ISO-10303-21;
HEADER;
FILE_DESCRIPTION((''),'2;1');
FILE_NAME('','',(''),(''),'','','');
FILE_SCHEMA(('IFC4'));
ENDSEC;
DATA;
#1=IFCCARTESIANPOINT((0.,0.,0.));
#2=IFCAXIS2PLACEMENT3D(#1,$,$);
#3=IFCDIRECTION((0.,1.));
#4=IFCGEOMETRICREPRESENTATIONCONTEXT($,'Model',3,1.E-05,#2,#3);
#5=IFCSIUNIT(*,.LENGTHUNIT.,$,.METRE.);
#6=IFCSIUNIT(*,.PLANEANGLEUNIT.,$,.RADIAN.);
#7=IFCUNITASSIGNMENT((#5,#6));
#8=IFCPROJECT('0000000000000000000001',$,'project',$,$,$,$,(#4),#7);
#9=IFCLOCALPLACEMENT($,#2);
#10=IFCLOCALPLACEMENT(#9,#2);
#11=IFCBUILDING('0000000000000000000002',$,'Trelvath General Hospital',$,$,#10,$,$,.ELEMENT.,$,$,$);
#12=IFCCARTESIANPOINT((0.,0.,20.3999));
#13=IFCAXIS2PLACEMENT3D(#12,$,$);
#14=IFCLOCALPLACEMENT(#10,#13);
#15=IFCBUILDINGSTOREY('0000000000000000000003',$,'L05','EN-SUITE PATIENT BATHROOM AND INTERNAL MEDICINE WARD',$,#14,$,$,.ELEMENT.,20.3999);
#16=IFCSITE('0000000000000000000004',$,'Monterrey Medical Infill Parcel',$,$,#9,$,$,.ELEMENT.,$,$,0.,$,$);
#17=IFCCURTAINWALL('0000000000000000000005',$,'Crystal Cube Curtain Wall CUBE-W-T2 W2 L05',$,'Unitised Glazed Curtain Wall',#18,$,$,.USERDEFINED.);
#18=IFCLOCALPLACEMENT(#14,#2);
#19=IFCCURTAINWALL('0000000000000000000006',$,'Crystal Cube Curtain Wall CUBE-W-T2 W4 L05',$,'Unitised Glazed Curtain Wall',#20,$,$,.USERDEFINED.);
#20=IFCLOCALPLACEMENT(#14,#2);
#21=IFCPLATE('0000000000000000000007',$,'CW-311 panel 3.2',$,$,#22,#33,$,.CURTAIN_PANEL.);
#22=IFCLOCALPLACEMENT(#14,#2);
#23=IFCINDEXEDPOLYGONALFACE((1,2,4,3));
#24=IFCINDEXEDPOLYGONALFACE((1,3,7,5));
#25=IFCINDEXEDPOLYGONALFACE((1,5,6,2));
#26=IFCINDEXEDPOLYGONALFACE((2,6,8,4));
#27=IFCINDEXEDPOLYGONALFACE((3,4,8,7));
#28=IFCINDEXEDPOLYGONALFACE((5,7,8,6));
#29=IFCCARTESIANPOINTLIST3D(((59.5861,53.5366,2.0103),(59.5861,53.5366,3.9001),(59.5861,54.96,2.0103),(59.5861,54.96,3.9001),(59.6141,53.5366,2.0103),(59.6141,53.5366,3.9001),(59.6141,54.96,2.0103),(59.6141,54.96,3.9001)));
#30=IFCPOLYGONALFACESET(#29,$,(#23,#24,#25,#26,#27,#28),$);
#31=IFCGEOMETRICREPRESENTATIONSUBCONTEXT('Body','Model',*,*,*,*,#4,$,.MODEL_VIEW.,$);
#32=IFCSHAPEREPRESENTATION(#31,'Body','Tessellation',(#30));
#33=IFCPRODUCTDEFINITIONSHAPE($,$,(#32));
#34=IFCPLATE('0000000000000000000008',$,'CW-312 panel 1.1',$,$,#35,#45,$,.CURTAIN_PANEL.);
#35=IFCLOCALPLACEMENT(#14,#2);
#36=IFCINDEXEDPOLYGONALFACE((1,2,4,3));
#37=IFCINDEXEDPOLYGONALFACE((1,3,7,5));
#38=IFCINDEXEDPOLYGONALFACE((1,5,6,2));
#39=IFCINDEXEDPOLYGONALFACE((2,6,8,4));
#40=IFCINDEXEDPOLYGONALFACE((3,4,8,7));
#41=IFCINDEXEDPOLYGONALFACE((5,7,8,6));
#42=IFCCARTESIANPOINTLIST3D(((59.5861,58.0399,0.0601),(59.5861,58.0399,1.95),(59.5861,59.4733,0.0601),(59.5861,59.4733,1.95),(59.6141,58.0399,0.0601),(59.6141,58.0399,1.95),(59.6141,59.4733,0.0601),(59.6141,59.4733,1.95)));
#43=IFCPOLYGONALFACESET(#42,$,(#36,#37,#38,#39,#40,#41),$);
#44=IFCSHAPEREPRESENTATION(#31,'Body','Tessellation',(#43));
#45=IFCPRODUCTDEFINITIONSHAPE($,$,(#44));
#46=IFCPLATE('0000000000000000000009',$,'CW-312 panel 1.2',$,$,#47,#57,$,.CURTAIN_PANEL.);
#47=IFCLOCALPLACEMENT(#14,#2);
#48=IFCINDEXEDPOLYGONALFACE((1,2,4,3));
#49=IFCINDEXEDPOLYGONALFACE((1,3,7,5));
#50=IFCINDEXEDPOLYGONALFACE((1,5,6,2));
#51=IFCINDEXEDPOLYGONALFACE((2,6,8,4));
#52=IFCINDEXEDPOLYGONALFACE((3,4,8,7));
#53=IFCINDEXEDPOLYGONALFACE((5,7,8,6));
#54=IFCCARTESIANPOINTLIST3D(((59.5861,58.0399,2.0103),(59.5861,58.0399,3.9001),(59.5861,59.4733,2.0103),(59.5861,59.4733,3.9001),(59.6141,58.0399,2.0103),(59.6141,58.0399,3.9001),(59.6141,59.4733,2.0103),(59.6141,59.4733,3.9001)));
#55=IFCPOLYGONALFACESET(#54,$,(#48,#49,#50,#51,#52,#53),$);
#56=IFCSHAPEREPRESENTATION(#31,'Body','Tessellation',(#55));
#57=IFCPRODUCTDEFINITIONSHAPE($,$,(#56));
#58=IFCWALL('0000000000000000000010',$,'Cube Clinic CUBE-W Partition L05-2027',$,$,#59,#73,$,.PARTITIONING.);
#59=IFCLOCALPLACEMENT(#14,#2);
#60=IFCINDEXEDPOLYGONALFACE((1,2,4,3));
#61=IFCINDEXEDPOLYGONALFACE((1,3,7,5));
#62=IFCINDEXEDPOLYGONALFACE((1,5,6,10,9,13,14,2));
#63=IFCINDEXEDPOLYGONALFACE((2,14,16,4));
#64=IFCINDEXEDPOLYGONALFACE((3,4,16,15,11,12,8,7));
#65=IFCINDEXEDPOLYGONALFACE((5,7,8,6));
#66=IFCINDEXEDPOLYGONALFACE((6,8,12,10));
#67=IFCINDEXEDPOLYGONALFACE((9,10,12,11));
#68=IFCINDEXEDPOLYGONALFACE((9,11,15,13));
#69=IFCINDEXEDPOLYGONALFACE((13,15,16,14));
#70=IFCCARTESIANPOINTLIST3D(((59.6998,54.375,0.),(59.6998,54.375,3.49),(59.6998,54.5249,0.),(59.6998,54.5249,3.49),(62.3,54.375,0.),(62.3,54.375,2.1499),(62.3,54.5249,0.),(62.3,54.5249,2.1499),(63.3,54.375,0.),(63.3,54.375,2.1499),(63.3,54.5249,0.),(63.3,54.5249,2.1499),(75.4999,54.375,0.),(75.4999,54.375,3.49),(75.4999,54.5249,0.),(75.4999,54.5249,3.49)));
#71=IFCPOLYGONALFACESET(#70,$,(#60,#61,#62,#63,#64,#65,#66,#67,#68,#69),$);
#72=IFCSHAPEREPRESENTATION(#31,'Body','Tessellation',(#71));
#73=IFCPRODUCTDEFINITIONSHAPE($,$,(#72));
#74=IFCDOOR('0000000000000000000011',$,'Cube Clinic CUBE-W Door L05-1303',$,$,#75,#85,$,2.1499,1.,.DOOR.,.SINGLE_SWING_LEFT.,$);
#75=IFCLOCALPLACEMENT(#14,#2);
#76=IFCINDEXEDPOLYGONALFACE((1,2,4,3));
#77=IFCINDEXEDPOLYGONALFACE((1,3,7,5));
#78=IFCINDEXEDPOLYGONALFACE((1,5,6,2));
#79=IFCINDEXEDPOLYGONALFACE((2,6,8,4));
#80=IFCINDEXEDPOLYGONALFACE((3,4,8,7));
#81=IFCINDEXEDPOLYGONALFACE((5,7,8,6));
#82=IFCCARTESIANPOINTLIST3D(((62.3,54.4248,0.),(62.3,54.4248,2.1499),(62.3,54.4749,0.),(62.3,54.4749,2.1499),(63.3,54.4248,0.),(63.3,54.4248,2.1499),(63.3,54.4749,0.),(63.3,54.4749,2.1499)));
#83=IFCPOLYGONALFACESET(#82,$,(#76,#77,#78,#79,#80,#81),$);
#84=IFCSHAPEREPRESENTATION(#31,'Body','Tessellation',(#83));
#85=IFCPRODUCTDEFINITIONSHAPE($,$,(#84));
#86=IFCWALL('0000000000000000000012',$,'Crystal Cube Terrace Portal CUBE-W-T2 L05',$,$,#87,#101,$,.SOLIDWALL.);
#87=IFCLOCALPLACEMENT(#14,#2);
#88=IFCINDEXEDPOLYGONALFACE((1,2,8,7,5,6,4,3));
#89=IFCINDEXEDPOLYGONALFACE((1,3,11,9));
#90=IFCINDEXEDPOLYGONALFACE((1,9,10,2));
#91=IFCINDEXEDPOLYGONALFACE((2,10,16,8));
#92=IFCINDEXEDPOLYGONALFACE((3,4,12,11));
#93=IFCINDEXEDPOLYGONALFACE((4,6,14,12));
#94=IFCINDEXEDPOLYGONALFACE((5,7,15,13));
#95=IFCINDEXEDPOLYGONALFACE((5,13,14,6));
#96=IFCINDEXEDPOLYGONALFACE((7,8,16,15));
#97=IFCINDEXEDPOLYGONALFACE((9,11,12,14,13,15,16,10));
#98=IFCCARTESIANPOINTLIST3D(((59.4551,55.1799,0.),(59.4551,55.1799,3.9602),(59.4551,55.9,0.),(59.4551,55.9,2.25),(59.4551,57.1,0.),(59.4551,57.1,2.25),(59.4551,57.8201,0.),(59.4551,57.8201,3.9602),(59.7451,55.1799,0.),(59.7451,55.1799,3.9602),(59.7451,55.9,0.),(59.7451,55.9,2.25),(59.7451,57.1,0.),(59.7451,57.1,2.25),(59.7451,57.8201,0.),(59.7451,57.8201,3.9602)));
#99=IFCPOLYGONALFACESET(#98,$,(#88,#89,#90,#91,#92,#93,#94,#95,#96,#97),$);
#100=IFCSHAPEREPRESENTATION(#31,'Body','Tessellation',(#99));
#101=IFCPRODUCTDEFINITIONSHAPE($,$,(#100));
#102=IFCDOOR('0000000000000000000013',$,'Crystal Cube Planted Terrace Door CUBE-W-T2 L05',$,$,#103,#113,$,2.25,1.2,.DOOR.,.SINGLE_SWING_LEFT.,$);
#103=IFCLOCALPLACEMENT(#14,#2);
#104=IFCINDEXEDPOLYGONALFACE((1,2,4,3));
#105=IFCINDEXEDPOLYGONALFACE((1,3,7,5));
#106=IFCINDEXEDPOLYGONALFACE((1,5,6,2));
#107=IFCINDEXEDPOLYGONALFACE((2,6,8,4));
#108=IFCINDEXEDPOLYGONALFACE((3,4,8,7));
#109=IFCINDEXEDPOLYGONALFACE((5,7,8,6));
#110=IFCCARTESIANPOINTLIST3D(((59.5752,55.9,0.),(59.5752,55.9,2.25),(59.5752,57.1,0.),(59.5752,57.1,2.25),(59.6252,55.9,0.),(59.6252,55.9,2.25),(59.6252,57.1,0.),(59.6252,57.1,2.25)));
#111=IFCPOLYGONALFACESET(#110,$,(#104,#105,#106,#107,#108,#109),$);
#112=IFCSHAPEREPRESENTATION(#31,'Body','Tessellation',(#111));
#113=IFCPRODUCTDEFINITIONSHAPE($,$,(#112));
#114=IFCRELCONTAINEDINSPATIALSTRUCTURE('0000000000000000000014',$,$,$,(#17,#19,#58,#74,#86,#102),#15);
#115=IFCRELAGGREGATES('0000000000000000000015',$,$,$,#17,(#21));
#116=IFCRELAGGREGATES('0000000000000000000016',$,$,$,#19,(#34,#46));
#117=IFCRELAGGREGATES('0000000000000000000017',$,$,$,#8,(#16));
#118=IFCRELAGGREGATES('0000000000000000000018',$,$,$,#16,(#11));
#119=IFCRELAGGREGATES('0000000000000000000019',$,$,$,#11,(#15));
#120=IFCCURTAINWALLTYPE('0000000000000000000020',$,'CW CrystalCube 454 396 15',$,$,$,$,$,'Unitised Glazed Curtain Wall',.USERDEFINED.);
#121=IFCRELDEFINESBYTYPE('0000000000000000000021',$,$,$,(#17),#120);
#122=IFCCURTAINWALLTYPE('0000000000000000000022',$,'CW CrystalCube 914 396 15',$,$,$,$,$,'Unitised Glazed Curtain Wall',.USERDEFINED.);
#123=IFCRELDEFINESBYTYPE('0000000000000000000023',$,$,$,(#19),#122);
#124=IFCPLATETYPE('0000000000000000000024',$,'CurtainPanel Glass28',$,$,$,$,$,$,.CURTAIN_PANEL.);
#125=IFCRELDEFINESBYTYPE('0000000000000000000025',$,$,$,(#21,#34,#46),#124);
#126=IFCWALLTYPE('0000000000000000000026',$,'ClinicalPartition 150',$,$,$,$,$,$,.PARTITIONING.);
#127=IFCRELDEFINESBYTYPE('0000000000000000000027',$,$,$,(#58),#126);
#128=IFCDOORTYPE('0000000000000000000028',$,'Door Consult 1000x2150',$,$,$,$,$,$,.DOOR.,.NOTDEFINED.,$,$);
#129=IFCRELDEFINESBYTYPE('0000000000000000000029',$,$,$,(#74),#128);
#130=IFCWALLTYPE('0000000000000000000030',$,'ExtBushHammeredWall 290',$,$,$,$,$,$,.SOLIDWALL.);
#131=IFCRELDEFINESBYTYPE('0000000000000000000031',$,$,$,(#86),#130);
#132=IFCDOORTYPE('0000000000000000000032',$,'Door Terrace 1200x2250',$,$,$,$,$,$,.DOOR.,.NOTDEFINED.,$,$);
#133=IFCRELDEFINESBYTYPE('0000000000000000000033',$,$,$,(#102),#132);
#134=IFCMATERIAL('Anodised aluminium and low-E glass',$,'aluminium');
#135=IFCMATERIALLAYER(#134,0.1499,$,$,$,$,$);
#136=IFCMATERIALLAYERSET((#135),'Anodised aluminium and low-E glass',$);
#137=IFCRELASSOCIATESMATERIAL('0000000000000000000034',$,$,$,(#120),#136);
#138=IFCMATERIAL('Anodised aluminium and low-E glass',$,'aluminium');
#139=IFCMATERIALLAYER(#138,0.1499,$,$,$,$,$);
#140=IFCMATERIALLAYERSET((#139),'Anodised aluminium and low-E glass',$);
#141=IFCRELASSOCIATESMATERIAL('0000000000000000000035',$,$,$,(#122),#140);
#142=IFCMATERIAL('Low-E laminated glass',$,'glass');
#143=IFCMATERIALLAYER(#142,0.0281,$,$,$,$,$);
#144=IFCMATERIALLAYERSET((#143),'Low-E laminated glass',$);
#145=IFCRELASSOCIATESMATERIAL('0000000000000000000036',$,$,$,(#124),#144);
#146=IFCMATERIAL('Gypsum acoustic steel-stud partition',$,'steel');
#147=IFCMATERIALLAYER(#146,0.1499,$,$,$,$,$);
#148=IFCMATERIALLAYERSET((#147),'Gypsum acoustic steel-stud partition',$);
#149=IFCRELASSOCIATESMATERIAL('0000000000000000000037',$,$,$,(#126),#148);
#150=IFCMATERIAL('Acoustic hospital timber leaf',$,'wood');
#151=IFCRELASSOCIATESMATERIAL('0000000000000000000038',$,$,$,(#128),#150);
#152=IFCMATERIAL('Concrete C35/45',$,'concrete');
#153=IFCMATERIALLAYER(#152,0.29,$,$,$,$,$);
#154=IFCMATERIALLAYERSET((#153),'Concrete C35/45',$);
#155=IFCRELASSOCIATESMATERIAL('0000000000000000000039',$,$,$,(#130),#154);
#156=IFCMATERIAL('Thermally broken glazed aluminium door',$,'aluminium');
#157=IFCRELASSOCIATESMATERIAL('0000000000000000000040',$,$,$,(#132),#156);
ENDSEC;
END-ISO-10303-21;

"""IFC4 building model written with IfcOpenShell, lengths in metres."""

from ifc_helpers import new_model, si_unit, direction, frame, frame_2d, origin, origin_2d, place, context, subcontext, project, spatial, rectangle, extrude, material, layer, layer_set, type_object, element, fill, aggregate, save


model = new_model("IFC4")

# Units and contexts
model_context = context("Model", 3, precision=1e-05, world=origin(), true_north=direction((0.0, 1.0)))
body_context = subcontext(model_context, "Body", "Model", "MODEL_VIEW")
ifc_project = project(units=[si_unit("LENGTHUNIT", "METRE"), si_unit("PLANEANGLEUNIT", "RADIAN")], contexts=[model_context])

# Site, building, storey
site_placement = place(None, origin())
site = spatial("IfcSite", under=ifc_project, at=site_placement, Name="Monterrey Medical Infill Parcel", CompositionType="ELEMENT", RefElevation=0.0)
building_placement = place(site_placement, origin())
building = spatial("IfcBuilding", under=site, at=building_placement, Name="Trelvath General Hospital", CompositionType="ELEMENT")
storey_placement = place(building_placement, frame((0.0, 0.0, 20.3999)))
storey = spatial("IfcBuildingStorey", under=building, at=storey_placement, Name="L05", Description="EN-SUITE PATIENT BATHROOM AND INTERNAL MEDICINE WARD", CompositionType="ELEMENT", Elevation=20.3999)

# Curtain walls
ifc_material_1 = material(Name="Anodised aluminium and low-E glass", Category="aluminium")
ifc_layer_1 = layer(ifc_material_1, 0.1499)
ifc_layer_set_1 = layer_set([ifc_layer_1], Name="Anodised aluminium and low-E glass")
curtain_wall_type_1 = type_object("IfcCurtainWallType", Name="CW CrystalCube 454 396 15", ElementType="Unitised Glazed Curtain Wall", PredefinedType="USERDEFINED", material=ifc_layer_set_1)
curtain_wall_1_placement = place(storey_placement, origin())
curtain_wall_1 = element("IfcCurtainWall", 1, at=curtain_wall_1_placement, inside=storey, type_object=curtain_wall_type_1, Name="Crystal Cube Curtain Wall CUBE-W-T2 W2 L05", ObjectType="Unitised Glazed Curtain Wall", PredefinedType="USERDEFINED")
ifc_material_2 = material(Name="Anodised aluminium and low-E glass", Category="aluminium")
ifc_layer_2 = layer(ifc_material_2, 0.1499)
ifc_layer_set_2 = layer_set([ifc_layer_2], Name="Anodised aluminium and low-E glass")
curtain_wall_type_2 = type_object("IfcCurtainWallType", Name="CW CrystalCube 914 396 15", ElementType="Unitised Glazed Curtain Wall", PredefinedType="USERDEFINED", material=ifc_layer_set_2)
curtain_wall_2_placement = place(storey_placement, origin())
curtain_wall_2 = element("IfcCurtainWall", 2, at=curtain_wall_2_placement, inside=storey, type_object=curtain_wall_type_2, Name="Crystal Cube Curtain Wall CUBE-W-T2 W4 L05", ObjectType="Unitised Glazed Curtain Wall", PredefinedType="USERDEFINED")

# Plates
ifc_material_3 = material(Name="Low-E laminated glass", Category="glass")
ifc_layer_3 = layer(ifc_material_3, 0.0281)
ifc_layer_set_3 = layer_set([ifc_layer_3], Name="Low-E laminated glass")
plate_type = type_object("IfcPlateType", Name="CurtainPanel Glass28", PredefinedType="CURTAIN_PANEL", material=ifc_layer_set_3)
plate_1_placement = place(storey_placement, frame((59.6001, 54.2483, 2.0103), z_axis=(0.0, 0.0, 1.0), x_axis=(0.0, 1.0, 0.0)))
plate_1 = element("IfcPlate", 3, at=plate_1_placement, type_object=plate_type, Name="CW-311 panel 3.2", PredefinedType="CURTAIN_PANEL", context=body_context, shape_type="SweptSolid", body=[
    extrude(rectangle(XDim=1.4233, YDim=0.0281, at=origin_2d()), origin(), (0.0, 0.0, 1.0), 1.8899),
])
aggregate(curtain_wall_1, [plate_1])
plate_2_placement = place(storey_placement, frame((59.6001, 58.7566, 0.0601), z_axis=(0.0, 0.0, 1.0), x_axis=(0.0, 1.0, 0.0)))
plate_2 = element("IfcPlate", 4, at=plate_2_placement, type_object=plate_type, Name="CW-312 panel 1.1", PredefinedType="CURTAIN_PANEL", context=body_context, shape_type="SweptSolid", body=[
    extrude(rectangle(XDim=1.4333, YDim=0.0281, at=origin_2d()), origin(), (0.0, 0.0, 1.0), 1.8899),
])
plate_3_placement = place(storey_placement, frame((59.6001, 58.7566, 2.0103), z_axis=(0.0, 0.0, 1.0), x_axis=(0.0, 1.0, 0.0)))
plate_3 = element("IfcPlate", 5, at=plate_3_placement, type_object=plate_type, Name="CW-312 panel 1.2", PredefinedType="CURTAIN_PANEL", context=body_context, shape_type="SweptSolid", body=[
    extrude(rectangle(XDim=1.4333, YDim=0.0281, at=origin_2d()), origin(), (0.0, 0.0, 1.0), 1.8899),
])
aggregate(curtain_wall_2, [plate_2, plate_3])

# Walls, openings, doors
ifc_material_4 = material(Name="Gypsum acoustic steel-stud partition", Category="steel")
ifc_layer_4 = layer(ifc_material_4, 0.1499)
ifc_layer_set_4 = layer_set([ifc_layer_4], Name="Gypsum acoustic steel-stud partition")
wall_type_1 = type_object("IfcWallType", Name="ClinicalPartition 150", PredefinedType="PARTITIONING", material=ifc_layer_set_4)
wall_1_placement = place(storey_placement, frame((59.7, 54.45, 0.0), z_axis=(0.0, 0.0, 1.0), x_axis=(1.0, 0.0, 0.0)))
wall_1 = element("IfcWall", 6, at=wall_1_placement, inside=storey, type_object=wall_type_1, Name="Cube Clinic CUBE-W Partition L05-2027", PredefinedType="PARTITIONING", context=body_context, shape_type="SweptSolid", body=[
    extrude(rectangle(XDim=15.8, YDim=0.1499, at=frame_2d((7.8999, 0.0))), origin(), (0.0, 0.0, 1.0), 3.49),
])
opening_1_placement = place(wall_1_placement, frame((2.6001, 0.0, 0.0)))
opening_1 = element("IfcOpeningElement", 7, at=opening_1_placement, cuts=wall_1, PredefinedType="OPENING", context=body_context, shape_type="SweptSolid", body=[
    extrude(rectangle(XDim=1.0, YDim=2.1499, at=frame_2d((0.5, 1.075))), frame((0.0, 0.085, 0.0), z_axis=(0.0, -1.0, 0.0), x_axis=(1.0, 0.0, 0.0)), (0.0, 0.0, 1.0), 0.1699),
])
ifc_material_5 = material(Name="Acoustic hospital timber leaf", Category="wood")
door_type_1 = type_object("IfcDoorType", Name="Door Consult 1000x2150", OperationType="NOTDEFINED", PredefinedType="DOOR", material=ifc_material_5)
door_1_placement = place(opening_1_placement, origin())
door_1 = element("IfcDoor", 8, at=door_1_placement, inside=storey, type_object=door_type_1, Name="Cube Clinic CUBE-W Door L05-1303", OperationType="SINGLE_SWING_LEFT", OverallHeight=2.1499, OverallWidth=1.0, PredefinedType="DOOR", context=body_context, shape_type="SweptSolid", body=[
    extrude(rectangle(XDim=1.0, YDim=2.1499, at=frame_2d((0.5, 1.075))), frame((0.0, 0.0249, 0.0), z_axis=(0.0, -1.0, 0.0), x_axis=(1.0, 0.0, 0.0)), (0.0, 0.0, 1.0), 0.05),
])
fill(opening_1, door_1)
ifc_material_6 = material(Name="Concrete C35/45", Category="concrete")
ifc_layer_5 = layer(ifc_material_6, 0.29)
ifc_layer_set_5 = layer_set([ifc_layer_5], Name="Concrete C35/45")
wall_type_2 = type_object("IfcWallType", Name="ExtBushHammeredWall 290", PredefinedType="SOLIDWALL", material=ifc_layer_set_5)
wall_2_placement = place(storey_placement, frame((59.6001, 55.1799, 0.0), z_axis=(0.0, 0.0, 1.0), x_axis=(0.0, 1.0, 0.0)))
wall_2 = element("IfcWall", 9, at=wall_2_placement, inside=storey, type_object=wall_type_2, Name="Crystal Cube Terrace Portal CUBE-W-T2 L05", PredefinedType="SOLIDWALL", context=body_context, shape_type="SweptSolid", body=[
    extrude(rectangle(XDim=2.6401, YDim=0.29, at=frame_2d((1.3201, 0.0))), origin(), (0.0, 0.0, 1.0), 3.9602),
])
opening_2_placement = place(wall_2_placement, frame((0.72, 0.0, 0.0)))
opening_2 = element("IfcOpeningElement", 10, at=opening_2_placement, cuts=wall_2, PredefinedType="OPENING", context=body_context, shape_type="SweptSolid", body=[
    extrude(rectangle(XDim=1.2, YDim=2.25, at=frame_2d((0.6001, 1.125))), frame((0.0, 0.155, 0.0), z_axis=(0.0, -1.0, 0.0), x_axis=(1.0, 0.0, 0.0)), (0.0, 0.0, 1.0), 0.3101),
])
ifc_material_7 = material(Name="Thermally broken glazed aluminium door", Category="aluminium")
door_type_2 = type_object("IfcDoorType", Name="Door Terrace 1200x2250", OperationType="NOTDEFINED", PredefinedType="DOOR", material=ifc_material_7)
door_2_placement = place(opening_2_placement, origin())
door_2 = element("IfcDoor", 11, at=door_2_placement, inside=storey, type_object=door_type_2, Name="Crystal Cube Planted Terrace Door CUBE-W-T2 L05", OperationType="SINGLE_SWING_LEFT", OverallHeight=2.25, OverallWidth=1.2, PredefinedType="DOOR", context=body_context, shape_type="SweptSolid", body=[
    extrude(rectangle(XDim=1.2, YDim=2.25, at=frame_2d((0.6001, 1.125))), frame((0.0, 0.0249, 0.0), z_axis=(0.0, -1.0, 0.0), x_axis=(1.0, 0.0, 0.0)), (0.0, 0.0, 1.0), 0.05),
])
fill(opening_2, door_2)

save(model, "model.ifc")
